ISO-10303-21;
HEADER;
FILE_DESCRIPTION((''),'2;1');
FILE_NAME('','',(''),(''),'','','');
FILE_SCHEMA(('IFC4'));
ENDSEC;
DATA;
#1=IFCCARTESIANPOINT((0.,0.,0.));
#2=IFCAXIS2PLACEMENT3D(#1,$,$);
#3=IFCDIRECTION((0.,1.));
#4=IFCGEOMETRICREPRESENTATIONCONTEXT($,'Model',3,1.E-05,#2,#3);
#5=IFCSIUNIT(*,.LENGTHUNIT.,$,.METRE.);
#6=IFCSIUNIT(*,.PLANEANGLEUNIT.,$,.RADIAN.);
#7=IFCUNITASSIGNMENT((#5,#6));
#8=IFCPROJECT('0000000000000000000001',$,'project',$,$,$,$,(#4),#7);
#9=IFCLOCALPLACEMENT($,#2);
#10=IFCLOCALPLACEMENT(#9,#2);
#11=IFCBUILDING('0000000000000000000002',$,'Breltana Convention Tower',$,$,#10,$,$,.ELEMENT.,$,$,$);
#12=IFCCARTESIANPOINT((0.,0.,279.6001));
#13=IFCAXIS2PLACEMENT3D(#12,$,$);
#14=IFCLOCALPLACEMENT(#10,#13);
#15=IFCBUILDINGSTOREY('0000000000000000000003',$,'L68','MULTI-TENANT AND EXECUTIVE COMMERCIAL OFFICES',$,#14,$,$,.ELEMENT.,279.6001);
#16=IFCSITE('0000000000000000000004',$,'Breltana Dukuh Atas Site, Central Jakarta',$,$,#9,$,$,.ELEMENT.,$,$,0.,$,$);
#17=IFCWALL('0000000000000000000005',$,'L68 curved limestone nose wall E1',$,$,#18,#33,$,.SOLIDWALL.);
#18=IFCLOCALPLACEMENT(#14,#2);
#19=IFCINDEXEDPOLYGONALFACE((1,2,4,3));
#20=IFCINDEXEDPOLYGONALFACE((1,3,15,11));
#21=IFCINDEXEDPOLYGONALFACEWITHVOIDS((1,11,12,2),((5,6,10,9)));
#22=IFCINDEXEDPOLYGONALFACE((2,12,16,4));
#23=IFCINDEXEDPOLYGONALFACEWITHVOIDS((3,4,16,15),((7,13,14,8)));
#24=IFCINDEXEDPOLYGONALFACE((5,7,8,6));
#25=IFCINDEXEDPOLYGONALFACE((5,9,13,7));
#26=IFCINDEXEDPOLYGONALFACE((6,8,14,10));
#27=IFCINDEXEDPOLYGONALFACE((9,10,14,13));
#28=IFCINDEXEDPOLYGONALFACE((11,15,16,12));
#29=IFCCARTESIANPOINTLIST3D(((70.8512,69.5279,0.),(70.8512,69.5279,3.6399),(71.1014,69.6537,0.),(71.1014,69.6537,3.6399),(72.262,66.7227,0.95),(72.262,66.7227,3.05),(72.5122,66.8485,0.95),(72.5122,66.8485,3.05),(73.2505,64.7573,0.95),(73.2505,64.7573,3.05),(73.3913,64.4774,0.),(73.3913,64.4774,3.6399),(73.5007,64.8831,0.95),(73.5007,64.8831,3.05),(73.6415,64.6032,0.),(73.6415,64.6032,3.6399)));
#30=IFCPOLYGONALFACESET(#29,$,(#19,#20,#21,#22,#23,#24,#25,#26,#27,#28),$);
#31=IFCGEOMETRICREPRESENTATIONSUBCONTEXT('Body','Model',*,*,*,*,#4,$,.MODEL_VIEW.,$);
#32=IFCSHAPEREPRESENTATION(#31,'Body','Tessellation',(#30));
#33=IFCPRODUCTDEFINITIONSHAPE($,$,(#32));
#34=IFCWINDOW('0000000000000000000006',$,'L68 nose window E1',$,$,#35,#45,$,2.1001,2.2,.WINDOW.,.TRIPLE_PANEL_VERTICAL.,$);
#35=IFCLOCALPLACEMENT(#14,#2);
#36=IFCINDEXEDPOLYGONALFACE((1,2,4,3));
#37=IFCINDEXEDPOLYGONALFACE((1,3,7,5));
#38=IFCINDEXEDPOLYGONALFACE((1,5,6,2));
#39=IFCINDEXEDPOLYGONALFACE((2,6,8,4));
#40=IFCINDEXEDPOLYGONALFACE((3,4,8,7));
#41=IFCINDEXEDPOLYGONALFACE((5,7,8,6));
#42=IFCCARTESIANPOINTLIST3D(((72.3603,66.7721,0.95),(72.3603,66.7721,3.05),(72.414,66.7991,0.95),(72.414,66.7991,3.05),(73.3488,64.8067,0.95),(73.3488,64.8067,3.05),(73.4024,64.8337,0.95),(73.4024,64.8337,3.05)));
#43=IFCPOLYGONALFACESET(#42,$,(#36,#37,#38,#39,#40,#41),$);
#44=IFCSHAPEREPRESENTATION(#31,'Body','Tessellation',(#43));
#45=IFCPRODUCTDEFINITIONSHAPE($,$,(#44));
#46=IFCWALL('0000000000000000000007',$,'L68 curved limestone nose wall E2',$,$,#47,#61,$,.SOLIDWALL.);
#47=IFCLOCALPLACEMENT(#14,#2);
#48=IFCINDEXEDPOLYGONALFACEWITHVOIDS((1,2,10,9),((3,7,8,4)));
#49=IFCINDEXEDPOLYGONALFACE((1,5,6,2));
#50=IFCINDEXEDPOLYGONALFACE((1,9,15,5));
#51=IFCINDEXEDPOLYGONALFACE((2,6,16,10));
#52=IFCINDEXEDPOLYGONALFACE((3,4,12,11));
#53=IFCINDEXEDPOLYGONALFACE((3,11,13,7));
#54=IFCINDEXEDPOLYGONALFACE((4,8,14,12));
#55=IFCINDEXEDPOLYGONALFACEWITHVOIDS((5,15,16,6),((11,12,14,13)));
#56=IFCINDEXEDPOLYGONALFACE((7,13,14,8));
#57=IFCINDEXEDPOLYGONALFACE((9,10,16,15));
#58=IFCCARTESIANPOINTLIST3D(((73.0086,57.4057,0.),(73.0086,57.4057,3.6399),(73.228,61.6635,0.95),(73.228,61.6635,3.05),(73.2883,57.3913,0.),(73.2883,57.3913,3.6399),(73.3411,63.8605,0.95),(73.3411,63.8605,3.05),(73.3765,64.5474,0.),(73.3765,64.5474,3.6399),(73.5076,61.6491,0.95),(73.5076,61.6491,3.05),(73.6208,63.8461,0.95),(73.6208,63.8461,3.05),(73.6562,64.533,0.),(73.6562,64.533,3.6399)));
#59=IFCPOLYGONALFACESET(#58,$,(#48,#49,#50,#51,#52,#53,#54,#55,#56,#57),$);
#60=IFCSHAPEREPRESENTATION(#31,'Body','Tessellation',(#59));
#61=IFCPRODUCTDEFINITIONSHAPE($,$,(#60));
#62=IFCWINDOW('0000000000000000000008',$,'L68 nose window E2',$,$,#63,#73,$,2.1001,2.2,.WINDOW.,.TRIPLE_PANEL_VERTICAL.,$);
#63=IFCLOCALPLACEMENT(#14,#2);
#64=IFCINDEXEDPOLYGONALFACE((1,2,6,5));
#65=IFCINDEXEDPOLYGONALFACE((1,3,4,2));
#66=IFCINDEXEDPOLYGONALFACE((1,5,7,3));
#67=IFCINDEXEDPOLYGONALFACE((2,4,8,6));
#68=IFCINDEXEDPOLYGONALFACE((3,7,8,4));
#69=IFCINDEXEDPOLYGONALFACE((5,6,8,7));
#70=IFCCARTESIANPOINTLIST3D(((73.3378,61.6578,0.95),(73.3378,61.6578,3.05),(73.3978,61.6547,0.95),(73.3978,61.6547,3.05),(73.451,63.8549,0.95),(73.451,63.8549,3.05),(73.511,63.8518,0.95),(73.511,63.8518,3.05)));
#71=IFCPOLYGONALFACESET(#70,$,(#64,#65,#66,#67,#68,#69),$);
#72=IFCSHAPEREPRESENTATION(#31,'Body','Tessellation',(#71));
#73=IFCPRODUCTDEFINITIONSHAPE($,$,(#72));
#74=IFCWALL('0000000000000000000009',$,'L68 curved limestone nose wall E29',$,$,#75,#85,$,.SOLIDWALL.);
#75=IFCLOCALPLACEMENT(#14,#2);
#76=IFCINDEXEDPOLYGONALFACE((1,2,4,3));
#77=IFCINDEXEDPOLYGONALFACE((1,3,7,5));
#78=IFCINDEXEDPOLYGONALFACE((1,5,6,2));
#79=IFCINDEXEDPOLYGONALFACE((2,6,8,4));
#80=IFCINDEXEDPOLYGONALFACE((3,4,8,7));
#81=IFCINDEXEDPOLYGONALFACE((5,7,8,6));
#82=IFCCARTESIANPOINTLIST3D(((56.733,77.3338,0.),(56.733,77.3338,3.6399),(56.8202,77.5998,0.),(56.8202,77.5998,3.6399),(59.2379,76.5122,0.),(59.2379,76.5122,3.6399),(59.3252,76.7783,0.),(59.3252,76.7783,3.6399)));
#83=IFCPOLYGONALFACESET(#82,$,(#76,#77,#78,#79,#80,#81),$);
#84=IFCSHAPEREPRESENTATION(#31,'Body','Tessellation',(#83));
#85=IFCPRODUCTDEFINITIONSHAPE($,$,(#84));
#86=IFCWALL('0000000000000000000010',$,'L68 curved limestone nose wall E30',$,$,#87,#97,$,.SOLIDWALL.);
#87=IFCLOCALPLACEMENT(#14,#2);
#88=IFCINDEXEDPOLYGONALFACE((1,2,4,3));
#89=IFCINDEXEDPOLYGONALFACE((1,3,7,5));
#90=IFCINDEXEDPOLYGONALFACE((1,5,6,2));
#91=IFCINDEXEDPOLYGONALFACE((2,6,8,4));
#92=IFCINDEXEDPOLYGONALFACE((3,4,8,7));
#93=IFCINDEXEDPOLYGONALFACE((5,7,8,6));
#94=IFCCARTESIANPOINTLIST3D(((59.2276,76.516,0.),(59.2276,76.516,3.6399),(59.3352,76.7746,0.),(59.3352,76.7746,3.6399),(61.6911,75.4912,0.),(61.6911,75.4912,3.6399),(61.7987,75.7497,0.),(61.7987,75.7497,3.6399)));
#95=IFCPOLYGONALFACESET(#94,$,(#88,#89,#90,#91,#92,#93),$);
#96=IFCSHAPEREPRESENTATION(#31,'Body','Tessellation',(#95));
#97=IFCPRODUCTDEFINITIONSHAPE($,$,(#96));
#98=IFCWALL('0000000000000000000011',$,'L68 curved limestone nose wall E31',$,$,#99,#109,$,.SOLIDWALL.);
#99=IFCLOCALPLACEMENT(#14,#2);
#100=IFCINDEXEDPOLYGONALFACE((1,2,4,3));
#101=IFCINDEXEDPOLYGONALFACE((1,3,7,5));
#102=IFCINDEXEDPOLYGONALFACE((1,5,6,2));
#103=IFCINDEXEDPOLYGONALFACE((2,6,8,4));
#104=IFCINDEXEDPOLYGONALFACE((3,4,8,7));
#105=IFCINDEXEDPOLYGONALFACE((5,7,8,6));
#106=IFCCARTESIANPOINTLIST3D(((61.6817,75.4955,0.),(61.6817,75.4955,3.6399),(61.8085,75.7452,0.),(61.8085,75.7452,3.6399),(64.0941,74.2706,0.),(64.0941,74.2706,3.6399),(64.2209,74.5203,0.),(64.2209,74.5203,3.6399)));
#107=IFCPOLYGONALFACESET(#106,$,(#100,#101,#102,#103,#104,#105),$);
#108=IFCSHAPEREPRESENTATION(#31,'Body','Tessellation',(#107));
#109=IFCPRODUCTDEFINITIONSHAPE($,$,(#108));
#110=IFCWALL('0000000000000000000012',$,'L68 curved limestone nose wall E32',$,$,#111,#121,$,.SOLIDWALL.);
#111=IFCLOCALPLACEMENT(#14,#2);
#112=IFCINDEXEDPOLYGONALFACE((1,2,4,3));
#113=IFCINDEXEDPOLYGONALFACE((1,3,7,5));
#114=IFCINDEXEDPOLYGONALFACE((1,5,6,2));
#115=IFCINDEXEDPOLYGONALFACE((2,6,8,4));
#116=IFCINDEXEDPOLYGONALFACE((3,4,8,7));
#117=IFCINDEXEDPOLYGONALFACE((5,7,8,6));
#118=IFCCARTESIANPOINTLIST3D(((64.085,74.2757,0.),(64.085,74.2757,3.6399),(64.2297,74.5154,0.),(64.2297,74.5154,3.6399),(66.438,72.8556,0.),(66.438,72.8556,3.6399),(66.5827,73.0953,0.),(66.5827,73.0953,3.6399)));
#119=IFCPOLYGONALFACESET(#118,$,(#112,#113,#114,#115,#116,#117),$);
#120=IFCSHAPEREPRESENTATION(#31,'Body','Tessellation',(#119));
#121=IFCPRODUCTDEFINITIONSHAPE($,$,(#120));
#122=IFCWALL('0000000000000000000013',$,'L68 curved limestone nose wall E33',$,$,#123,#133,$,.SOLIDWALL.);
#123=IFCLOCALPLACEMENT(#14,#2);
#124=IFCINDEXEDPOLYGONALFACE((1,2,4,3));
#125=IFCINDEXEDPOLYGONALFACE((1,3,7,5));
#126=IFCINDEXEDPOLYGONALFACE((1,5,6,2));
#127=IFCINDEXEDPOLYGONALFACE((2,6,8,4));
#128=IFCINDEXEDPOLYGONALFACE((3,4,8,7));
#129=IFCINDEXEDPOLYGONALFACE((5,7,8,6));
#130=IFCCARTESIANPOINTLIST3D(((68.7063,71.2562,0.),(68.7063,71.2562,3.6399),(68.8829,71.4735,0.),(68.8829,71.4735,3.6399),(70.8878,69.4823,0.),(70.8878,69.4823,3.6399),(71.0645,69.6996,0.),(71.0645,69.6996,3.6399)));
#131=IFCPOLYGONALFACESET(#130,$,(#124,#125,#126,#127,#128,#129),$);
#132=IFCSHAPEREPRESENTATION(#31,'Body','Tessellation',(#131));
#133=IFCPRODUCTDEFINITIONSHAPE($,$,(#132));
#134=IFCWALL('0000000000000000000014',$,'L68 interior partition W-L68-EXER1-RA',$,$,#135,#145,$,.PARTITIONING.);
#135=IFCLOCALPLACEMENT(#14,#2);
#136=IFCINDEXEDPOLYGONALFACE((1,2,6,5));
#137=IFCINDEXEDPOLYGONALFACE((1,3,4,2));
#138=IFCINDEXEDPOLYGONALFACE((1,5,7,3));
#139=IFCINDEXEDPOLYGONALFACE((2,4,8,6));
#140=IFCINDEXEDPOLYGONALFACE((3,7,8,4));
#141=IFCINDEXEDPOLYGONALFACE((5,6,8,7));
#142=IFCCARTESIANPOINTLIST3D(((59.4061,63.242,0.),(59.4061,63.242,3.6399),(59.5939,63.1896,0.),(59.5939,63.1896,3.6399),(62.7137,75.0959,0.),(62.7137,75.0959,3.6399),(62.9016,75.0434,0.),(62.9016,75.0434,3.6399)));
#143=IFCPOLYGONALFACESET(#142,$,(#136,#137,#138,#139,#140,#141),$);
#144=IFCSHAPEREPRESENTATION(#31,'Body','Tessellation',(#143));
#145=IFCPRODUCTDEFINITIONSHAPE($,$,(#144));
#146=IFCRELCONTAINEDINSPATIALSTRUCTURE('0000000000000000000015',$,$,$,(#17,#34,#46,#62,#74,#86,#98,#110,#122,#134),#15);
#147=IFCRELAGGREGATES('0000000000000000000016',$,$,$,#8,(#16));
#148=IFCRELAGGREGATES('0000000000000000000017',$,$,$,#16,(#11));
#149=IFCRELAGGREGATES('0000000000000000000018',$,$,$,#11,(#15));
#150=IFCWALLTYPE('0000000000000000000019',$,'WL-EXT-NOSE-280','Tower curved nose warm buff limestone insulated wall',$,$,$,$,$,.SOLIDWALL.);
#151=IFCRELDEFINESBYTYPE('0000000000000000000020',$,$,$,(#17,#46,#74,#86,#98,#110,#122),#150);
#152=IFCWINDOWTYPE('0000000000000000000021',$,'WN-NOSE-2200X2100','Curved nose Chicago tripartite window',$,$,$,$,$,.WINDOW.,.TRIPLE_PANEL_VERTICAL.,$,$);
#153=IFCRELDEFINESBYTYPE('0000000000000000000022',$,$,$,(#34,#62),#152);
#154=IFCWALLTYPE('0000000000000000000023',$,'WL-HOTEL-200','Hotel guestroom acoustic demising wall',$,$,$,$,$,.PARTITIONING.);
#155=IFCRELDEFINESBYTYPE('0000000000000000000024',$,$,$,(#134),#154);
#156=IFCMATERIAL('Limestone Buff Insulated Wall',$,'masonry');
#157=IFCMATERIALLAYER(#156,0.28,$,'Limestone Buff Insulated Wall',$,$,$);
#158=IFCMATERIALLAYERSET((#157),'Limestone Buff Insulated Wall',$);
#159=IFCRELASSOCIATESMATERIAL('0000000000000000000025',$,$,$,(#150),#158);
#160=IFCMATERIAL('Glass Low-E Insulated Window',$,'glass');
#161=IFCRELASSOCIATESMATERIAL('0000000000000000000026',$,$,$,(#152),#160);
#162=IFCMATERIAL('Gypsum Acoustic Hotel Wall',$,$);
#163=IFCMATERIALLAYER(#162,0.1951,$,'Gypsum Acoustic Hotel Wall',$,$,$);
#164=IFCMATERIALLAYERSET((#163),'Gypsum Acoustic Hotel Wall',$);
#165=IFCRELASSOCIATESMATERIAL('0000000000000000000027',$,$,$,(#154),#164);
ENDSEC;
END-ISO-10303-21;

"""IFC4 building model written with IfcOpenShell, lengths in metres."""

from ifc_helpers import new_model, si_unit, direction, frame, frame_2d, origin, place, context, subcontext, project, spatial, rectangle, extrude, source, transform, mapped, material, layer, layer_set, type_object, type_shapes, element, fill, save


model = new_model("IFC4")

# Units and contexts
model_context = context("Model", 3, precision=1e-05, world=origin(), true_north=direction((0.0, 1.0)))
body_context = subcontext(model_context, "Body", "Model", "MODEL_VIEW")
ifc_project = project(units=[si_unit("LENGTHUNIT", "METRE"), si_unit("PLANEANGLEUNIT", "RADIAN")], contexts=[model_context])

# Site, building, storey
site_placement = place(None, origin())
site = spatial("IfcSite", under=ifc_project, at=site_placement, Name="Breltana Dukuh Atas Site, Central Jakarta", CompositionType="ELEMENT", RefElevation=0.0)
building_placement = place(site_placement, origin())
building = spatial("IfcBuilding", under=site, at=building_placement, Name="Breltana Convention Tower", CompositionType="ELEMENT")
storey_placement = place(building_placement, frame((0.0, 0.0, 279.6001)))
storey = spatial("IfcBuildingStorey", under=building, at=storey_placement, Name="L68", Description="MULTI-TENANT AND EXECUTIVE COMMERCIAL OFFICES", CompositionType="ELEMENT", Elevation=279.6001)

# Walls, openings, windows
ifc_material_1 = material(Name="Limestone Buff Insulated Wall", Category="masonry")
ifc_layer_1 = layer(ifc_material_1, 0.28, Name="Limestone Buff Insulated Wall")
ifc_layer_set_1 = layer_set([ifc_layer_1], Name="Limestone Buff Insulated Wall")
wall_type_1 = type_object("IfcWallType", Name="WL-EXT-NOSE-280", Description="Tower curved nose warm buff limestone insulated wall", PredefinedType="SOLIDWALL", material=ifc_layer_set_1)
shared_shape_1 = source(origin(), body_context, "Body", "SweptSolid", [
    extrude(rectangle(XDim=5.6533, YDim=0.28, at=frame_2d((2.8267, 0.0))), origin(), (0.0, 0.0, 1.0), 3.6399),
])
wall_1_placement = place(storey_placement, frame((70.9763, 69.5908, 0.0), z_axis=(0.0, 0.0, 1.0), x_axis=(0.449303, -0.89338, 0.0)))
wall_1 = element("IfcWall", 1, at=wall_1_placement, inside=storey, type_object=wall_type_1, Name="L68 curved limestone nose wall E1", PredefinedType="SOLIDWALL", context=body_context, shape_type="MappedRepresentation", body=[
    mapped(shared_shape_1, transform((0.0, 0.0, 0.0), scale=1.0)),
])
opening_1_placement = place(wall_1_placement, frame((3.1399, 0.0, 0.95)))
opening_1 = element("IfcOpeningElement", 2, at=opening_1_placement, cuts=wall_1, PredefinedType="OPENING", context=body_context, shape_type="SweptSolid", body=[
    extrude(rectangle(XDim=2.2, YDim=2.1001, at=frame_2d((1.1001, 1.05))), frame((0.0, 0.1499, 0.0), z_axis=(0.0, -1.0, 0.0), x_axis=(1.0, 0.0, 0.0)), (0.0, 0.0, 1.0), 0.3),
])
ifc_material_2 = material(Name="Glass Low-E Insulated Window", Category="glass")
window_type = type_object("IfcWindowType", Name="WN-NOSE-2200X2100", Description="Curved nose Chicago tripartite window", PartitioningType="TRIPLE_PANEL_VERTICAL", PredefinedType="WINDOW", material=ifc_material_2)
shared_shape_2 = source(origin(), body_context, "Body", "SweptSolid", [
    extrude(rectangle(XDim=2.2, YDim=2.1001, at=frame_2d((1.1001, 1.05))), frame((0.0, 0.03, 0.0), z_axis=(0.0, -1.0, 0.0), x_axis=(1.0, 0.0, 0.0)), (0.0, 0.0, 1.0), 0.0601),
])
type_shapes(window_type, [shared_shape_2])
window_1_placement = place(opening_1_placement, origin())
window_1 = element("IfcWindow", 3, at=window_1_placement, inside=storey, type_object=window_type, Name="L68 nose window E1", OverallHeight=2.1001, OverallWidth=2.2, PartitioningType="TRIPLE_PANEL_VERTICAL", PredefinedType="WINDOW", context=body_context, shape_type="MappedRepresentation", body=[
    mapped(shared_shape_2, transform((0.0, 0.0, 0.0), scale=1.0)),
])
fill(opening_1, window_1)
shared_shape_3 = source(origin(), body_context, "Body", "SweptSolid", [
    extrude(rectangle(XDim=7.1511, YDim=0.28, at=frame_2d((3.5757, 0.0))), origin(), (0.0, 0.0, 1.0), 3.6399),
])
wall_2_placement = place(storey_placement, frame((73.5164, 64.5403, 0.0), z_axis=(0.0, 0.0, 1.0), x_axis=(-0.05145, -0.998676, 0.0)))
wall_2 = element("IfcWall", 4, at=wall_2_placement, inside=storey, type_object=wall_type_1, Name="L68 curved limestone nose wall E2", PredefinedType="SOLIDWALL", context=body_context, shape_type="MappedRepresentation", body=[
    mapped(shared_shape_3, transform((0.0, 0.0, 0.0), scale=1.0)),
])
opening_2_placement = place(wall_2_placement, frame((0.6877, 0.0, 0.95)))
opening_2 = element("IfcOpeningElement", 5, at=opening_2_placement, cuts=wall_2, PredefinedType="OPENING", context=body_context, shape_type="SweptSolid", body=[
    extrude(rectangle(XDim=2.2, YDim=2.1001, at=frame_2d((1.1001, 1.05))), frame((0.0, 0.1499, 0.0), z_axis=(0.0, -1.0, 0.0), x_axis=(1.0, 0.0, 0.0)), (0.0, 0.0, 1.0), 0.3),
])
window_2_placement = place(opening_2_placement, origin())
window_2 = element("IfcWindow", 6, at=window_2_placement, inside=storey, type_object=window_type, Name="L68 nose window E2", OverallHeight=2.1001, OverallWidth=2.2, PartitioningType="TRIPLE_PANEL_VERTICAL", PredefinedType="WINDOW", context=body_context, shape_type="MappedRepresentation", body=[
    mapped(shared_shape_2, transform((0.0, 0.0, 0.0), scale=1.0)),
])
fill(opening_2, window_2)

# Walls
shared_shape_4 = source(origin(), body_context, "Body", "SweptSolid", [
    extrude(rectangle(XDim=2.6362, YDim=0.28, at=frame_2d((1.3181, 0.0))), origin(), (0.0, 0.0, 1.0), 3.6399),
])
wall_3_placement = place(storey_placement, frame((56.7766, 77.4668, 0.0), z_axis=(0.0, 0.0, 1.0), x_axis=(0.9502, -0.31164, 0.0)))
element("IfcWall", 7, at=wall_3_placement, inside=storey, type_object=wall_type_1, Name="L68 curved limestone nose wall E29", PredefinedType="SOLIDWALL", context=body_context, shape_type="MappedRepresentation", body=[
    mapped(shared_shape_4, transform((0.0, 0.0, 0.0), scale=1.0)),
])
shared_shape_5 = source(origin(), body_context, "Body", "SweptSolid", [
    extrude(rectangle(XDim=2.6682, YDim=0.28, at=frame_2d((1.334, 0.0))), origin(), (0.0, 0.0, 1.0), 3.6399),
])
wall_4_placement = place(storey_placement, frame((59.2815, 76.6453, 0.0), z_axis=(0.0, 0.0, 1.0), x_axis=(0.923291, -0.384102, 0.0)))
element("IfcWall", 8, at=wall_4_placement, inside=storey, type_object=wall_type_1, Name="L68 curved limestone nose wall E30", PredefinedType="SOLIDWALL", context=body_context, shape_type="MappedRepresentation", body=[
    mapped(shared_shape_5, transform((0.0, 0.0, 0.0), scale=1.0)),
])
shared_shape_6 = source(origin(), body_context, "Body", "SweptSolid", [
    extrude(rectangle(XDim=2.7056, YDim=0.28, at=frame_2d((1.3528, 0.0))), origin(), (0.0, 0.0, 1.0), 3.6399),
])
wall_5_placement = place(storey_placement, frame((61.7451, 75.6204, 0.0), z_axis=(0.0, 0.0, 1.0), x_axis=(0.891649, -0.452728, 0.0)))
element("IfcWall", 9, at=wall_5_placement, inside=storey, type_object=wall_type_1, Name="L68 curved limestone nose wall E31", PredefinedType="SOLIDWALL", context=body_context, shape_type="MappedRepresentation", body=[
    mapped(shared_shape_6, transform((0.0, 0.0, 0.0), scale=1.0)),
])
shared_shape_7 = source(origin(), body_context, "Body", "SweptSolid", [
    extrude(rectangle(XDim=2.7483, YDim=0.28, at=frame_2d((1.374, 0.0))), origin(), (0.0, 0.0, 1.0), 3.6399),
])
wall_6_placement = place(storey_placement, frame((64.1575, 74.3955, 0.0), z_axis=(0.0, 0.0, 1.0), x_axis=(0.85615, -0.516728, 0.0)))
element("IfcWall", 10, at=wall_6_placement, inside=storey, type_object=wall_type_1, Name="L68 curved limestone nose wall E32", PredefinedType="SOLIDWALL", context=body_context, shape_type="MappedRepresentation", body=[
    mapped(shared_shape_7, transform((0.0, 0.0, 0.0), scale=1.0)),
])
shared_shape_8 = source(origin(), body_context, "Body", "SweptSolid", [
    extrude(rectangle(XDim=2.8118, YDim=0.28, at=frame_2d((1.4058, 0.0))), origin(), (0.0, 0.0, 1.0), 3.6399),
])
wall_7_placement = place(storey_placement, frame((68.7947, 71.3647, 0.0), z_axis=(0.0, 0.0, 1.0), x_axis=(0.77588, -0.63088, 0.0)))
element("IfcWall", 11, at=wall_7_placement, inside=storey, type_object=wall_type_1, Name="L68 curved limestone nose wall E33", PredefinedType="SOLIDWALL", context=body_context, shape_type="MappedRepresentation", body=[
    mapped(shared_shape_8, transform((0.0, 0.0, 0.0), scale=1.0)),
])
ifc_material_3 = material(Name="Gypsum Acoustic Hotel Wall")
ifc_layer_2 = layer(ifc_material_3, 0.1951, Name="Gypsum Acoustic Hotel Wall")
ifc_layer_set_2 = layer_set([ifc_layer_2], Name="Gypsum Acoustic Hotel Wall")
wall_type_2 = type_object("IfcWallType", Name="WL-HOTEL-200", Description="Hotel guestroom acoustic demising wall", PredefinedType="PARTITIONING", material=ifc_layer_set_2)
shared_shape_9 = source(origin(), body_context, "Body", "SweptSolid", [
    extrude(rectangle(XDim=12.3066, YDim=0.1951, at=frame_2d((6.1533, 0.0))), origin(), (0.0, 0.0, 1.0), 3.6399),
])
wall_8_placement = place(storey_placement, frame((59.5, 63.2158, 0.0), z_axis=(0.0, 0.0, 1.0), x_axis=(0.268768, 0.963205, 0.0)))
element("IfcWall", 12, at=wall_8_placement, inside=storey, type_object=wall_type_2, Name="L68 interior partition W-L68-EXER1-RA", PredefinedType="PARTITIONING", context=body_context, shape_type="MappedRepresentation", body=[
    mapped(shared_shape_9, transform((0.0, 0.0, 0.0), scale=1.0)),
])

save(model, "model.ifc")
